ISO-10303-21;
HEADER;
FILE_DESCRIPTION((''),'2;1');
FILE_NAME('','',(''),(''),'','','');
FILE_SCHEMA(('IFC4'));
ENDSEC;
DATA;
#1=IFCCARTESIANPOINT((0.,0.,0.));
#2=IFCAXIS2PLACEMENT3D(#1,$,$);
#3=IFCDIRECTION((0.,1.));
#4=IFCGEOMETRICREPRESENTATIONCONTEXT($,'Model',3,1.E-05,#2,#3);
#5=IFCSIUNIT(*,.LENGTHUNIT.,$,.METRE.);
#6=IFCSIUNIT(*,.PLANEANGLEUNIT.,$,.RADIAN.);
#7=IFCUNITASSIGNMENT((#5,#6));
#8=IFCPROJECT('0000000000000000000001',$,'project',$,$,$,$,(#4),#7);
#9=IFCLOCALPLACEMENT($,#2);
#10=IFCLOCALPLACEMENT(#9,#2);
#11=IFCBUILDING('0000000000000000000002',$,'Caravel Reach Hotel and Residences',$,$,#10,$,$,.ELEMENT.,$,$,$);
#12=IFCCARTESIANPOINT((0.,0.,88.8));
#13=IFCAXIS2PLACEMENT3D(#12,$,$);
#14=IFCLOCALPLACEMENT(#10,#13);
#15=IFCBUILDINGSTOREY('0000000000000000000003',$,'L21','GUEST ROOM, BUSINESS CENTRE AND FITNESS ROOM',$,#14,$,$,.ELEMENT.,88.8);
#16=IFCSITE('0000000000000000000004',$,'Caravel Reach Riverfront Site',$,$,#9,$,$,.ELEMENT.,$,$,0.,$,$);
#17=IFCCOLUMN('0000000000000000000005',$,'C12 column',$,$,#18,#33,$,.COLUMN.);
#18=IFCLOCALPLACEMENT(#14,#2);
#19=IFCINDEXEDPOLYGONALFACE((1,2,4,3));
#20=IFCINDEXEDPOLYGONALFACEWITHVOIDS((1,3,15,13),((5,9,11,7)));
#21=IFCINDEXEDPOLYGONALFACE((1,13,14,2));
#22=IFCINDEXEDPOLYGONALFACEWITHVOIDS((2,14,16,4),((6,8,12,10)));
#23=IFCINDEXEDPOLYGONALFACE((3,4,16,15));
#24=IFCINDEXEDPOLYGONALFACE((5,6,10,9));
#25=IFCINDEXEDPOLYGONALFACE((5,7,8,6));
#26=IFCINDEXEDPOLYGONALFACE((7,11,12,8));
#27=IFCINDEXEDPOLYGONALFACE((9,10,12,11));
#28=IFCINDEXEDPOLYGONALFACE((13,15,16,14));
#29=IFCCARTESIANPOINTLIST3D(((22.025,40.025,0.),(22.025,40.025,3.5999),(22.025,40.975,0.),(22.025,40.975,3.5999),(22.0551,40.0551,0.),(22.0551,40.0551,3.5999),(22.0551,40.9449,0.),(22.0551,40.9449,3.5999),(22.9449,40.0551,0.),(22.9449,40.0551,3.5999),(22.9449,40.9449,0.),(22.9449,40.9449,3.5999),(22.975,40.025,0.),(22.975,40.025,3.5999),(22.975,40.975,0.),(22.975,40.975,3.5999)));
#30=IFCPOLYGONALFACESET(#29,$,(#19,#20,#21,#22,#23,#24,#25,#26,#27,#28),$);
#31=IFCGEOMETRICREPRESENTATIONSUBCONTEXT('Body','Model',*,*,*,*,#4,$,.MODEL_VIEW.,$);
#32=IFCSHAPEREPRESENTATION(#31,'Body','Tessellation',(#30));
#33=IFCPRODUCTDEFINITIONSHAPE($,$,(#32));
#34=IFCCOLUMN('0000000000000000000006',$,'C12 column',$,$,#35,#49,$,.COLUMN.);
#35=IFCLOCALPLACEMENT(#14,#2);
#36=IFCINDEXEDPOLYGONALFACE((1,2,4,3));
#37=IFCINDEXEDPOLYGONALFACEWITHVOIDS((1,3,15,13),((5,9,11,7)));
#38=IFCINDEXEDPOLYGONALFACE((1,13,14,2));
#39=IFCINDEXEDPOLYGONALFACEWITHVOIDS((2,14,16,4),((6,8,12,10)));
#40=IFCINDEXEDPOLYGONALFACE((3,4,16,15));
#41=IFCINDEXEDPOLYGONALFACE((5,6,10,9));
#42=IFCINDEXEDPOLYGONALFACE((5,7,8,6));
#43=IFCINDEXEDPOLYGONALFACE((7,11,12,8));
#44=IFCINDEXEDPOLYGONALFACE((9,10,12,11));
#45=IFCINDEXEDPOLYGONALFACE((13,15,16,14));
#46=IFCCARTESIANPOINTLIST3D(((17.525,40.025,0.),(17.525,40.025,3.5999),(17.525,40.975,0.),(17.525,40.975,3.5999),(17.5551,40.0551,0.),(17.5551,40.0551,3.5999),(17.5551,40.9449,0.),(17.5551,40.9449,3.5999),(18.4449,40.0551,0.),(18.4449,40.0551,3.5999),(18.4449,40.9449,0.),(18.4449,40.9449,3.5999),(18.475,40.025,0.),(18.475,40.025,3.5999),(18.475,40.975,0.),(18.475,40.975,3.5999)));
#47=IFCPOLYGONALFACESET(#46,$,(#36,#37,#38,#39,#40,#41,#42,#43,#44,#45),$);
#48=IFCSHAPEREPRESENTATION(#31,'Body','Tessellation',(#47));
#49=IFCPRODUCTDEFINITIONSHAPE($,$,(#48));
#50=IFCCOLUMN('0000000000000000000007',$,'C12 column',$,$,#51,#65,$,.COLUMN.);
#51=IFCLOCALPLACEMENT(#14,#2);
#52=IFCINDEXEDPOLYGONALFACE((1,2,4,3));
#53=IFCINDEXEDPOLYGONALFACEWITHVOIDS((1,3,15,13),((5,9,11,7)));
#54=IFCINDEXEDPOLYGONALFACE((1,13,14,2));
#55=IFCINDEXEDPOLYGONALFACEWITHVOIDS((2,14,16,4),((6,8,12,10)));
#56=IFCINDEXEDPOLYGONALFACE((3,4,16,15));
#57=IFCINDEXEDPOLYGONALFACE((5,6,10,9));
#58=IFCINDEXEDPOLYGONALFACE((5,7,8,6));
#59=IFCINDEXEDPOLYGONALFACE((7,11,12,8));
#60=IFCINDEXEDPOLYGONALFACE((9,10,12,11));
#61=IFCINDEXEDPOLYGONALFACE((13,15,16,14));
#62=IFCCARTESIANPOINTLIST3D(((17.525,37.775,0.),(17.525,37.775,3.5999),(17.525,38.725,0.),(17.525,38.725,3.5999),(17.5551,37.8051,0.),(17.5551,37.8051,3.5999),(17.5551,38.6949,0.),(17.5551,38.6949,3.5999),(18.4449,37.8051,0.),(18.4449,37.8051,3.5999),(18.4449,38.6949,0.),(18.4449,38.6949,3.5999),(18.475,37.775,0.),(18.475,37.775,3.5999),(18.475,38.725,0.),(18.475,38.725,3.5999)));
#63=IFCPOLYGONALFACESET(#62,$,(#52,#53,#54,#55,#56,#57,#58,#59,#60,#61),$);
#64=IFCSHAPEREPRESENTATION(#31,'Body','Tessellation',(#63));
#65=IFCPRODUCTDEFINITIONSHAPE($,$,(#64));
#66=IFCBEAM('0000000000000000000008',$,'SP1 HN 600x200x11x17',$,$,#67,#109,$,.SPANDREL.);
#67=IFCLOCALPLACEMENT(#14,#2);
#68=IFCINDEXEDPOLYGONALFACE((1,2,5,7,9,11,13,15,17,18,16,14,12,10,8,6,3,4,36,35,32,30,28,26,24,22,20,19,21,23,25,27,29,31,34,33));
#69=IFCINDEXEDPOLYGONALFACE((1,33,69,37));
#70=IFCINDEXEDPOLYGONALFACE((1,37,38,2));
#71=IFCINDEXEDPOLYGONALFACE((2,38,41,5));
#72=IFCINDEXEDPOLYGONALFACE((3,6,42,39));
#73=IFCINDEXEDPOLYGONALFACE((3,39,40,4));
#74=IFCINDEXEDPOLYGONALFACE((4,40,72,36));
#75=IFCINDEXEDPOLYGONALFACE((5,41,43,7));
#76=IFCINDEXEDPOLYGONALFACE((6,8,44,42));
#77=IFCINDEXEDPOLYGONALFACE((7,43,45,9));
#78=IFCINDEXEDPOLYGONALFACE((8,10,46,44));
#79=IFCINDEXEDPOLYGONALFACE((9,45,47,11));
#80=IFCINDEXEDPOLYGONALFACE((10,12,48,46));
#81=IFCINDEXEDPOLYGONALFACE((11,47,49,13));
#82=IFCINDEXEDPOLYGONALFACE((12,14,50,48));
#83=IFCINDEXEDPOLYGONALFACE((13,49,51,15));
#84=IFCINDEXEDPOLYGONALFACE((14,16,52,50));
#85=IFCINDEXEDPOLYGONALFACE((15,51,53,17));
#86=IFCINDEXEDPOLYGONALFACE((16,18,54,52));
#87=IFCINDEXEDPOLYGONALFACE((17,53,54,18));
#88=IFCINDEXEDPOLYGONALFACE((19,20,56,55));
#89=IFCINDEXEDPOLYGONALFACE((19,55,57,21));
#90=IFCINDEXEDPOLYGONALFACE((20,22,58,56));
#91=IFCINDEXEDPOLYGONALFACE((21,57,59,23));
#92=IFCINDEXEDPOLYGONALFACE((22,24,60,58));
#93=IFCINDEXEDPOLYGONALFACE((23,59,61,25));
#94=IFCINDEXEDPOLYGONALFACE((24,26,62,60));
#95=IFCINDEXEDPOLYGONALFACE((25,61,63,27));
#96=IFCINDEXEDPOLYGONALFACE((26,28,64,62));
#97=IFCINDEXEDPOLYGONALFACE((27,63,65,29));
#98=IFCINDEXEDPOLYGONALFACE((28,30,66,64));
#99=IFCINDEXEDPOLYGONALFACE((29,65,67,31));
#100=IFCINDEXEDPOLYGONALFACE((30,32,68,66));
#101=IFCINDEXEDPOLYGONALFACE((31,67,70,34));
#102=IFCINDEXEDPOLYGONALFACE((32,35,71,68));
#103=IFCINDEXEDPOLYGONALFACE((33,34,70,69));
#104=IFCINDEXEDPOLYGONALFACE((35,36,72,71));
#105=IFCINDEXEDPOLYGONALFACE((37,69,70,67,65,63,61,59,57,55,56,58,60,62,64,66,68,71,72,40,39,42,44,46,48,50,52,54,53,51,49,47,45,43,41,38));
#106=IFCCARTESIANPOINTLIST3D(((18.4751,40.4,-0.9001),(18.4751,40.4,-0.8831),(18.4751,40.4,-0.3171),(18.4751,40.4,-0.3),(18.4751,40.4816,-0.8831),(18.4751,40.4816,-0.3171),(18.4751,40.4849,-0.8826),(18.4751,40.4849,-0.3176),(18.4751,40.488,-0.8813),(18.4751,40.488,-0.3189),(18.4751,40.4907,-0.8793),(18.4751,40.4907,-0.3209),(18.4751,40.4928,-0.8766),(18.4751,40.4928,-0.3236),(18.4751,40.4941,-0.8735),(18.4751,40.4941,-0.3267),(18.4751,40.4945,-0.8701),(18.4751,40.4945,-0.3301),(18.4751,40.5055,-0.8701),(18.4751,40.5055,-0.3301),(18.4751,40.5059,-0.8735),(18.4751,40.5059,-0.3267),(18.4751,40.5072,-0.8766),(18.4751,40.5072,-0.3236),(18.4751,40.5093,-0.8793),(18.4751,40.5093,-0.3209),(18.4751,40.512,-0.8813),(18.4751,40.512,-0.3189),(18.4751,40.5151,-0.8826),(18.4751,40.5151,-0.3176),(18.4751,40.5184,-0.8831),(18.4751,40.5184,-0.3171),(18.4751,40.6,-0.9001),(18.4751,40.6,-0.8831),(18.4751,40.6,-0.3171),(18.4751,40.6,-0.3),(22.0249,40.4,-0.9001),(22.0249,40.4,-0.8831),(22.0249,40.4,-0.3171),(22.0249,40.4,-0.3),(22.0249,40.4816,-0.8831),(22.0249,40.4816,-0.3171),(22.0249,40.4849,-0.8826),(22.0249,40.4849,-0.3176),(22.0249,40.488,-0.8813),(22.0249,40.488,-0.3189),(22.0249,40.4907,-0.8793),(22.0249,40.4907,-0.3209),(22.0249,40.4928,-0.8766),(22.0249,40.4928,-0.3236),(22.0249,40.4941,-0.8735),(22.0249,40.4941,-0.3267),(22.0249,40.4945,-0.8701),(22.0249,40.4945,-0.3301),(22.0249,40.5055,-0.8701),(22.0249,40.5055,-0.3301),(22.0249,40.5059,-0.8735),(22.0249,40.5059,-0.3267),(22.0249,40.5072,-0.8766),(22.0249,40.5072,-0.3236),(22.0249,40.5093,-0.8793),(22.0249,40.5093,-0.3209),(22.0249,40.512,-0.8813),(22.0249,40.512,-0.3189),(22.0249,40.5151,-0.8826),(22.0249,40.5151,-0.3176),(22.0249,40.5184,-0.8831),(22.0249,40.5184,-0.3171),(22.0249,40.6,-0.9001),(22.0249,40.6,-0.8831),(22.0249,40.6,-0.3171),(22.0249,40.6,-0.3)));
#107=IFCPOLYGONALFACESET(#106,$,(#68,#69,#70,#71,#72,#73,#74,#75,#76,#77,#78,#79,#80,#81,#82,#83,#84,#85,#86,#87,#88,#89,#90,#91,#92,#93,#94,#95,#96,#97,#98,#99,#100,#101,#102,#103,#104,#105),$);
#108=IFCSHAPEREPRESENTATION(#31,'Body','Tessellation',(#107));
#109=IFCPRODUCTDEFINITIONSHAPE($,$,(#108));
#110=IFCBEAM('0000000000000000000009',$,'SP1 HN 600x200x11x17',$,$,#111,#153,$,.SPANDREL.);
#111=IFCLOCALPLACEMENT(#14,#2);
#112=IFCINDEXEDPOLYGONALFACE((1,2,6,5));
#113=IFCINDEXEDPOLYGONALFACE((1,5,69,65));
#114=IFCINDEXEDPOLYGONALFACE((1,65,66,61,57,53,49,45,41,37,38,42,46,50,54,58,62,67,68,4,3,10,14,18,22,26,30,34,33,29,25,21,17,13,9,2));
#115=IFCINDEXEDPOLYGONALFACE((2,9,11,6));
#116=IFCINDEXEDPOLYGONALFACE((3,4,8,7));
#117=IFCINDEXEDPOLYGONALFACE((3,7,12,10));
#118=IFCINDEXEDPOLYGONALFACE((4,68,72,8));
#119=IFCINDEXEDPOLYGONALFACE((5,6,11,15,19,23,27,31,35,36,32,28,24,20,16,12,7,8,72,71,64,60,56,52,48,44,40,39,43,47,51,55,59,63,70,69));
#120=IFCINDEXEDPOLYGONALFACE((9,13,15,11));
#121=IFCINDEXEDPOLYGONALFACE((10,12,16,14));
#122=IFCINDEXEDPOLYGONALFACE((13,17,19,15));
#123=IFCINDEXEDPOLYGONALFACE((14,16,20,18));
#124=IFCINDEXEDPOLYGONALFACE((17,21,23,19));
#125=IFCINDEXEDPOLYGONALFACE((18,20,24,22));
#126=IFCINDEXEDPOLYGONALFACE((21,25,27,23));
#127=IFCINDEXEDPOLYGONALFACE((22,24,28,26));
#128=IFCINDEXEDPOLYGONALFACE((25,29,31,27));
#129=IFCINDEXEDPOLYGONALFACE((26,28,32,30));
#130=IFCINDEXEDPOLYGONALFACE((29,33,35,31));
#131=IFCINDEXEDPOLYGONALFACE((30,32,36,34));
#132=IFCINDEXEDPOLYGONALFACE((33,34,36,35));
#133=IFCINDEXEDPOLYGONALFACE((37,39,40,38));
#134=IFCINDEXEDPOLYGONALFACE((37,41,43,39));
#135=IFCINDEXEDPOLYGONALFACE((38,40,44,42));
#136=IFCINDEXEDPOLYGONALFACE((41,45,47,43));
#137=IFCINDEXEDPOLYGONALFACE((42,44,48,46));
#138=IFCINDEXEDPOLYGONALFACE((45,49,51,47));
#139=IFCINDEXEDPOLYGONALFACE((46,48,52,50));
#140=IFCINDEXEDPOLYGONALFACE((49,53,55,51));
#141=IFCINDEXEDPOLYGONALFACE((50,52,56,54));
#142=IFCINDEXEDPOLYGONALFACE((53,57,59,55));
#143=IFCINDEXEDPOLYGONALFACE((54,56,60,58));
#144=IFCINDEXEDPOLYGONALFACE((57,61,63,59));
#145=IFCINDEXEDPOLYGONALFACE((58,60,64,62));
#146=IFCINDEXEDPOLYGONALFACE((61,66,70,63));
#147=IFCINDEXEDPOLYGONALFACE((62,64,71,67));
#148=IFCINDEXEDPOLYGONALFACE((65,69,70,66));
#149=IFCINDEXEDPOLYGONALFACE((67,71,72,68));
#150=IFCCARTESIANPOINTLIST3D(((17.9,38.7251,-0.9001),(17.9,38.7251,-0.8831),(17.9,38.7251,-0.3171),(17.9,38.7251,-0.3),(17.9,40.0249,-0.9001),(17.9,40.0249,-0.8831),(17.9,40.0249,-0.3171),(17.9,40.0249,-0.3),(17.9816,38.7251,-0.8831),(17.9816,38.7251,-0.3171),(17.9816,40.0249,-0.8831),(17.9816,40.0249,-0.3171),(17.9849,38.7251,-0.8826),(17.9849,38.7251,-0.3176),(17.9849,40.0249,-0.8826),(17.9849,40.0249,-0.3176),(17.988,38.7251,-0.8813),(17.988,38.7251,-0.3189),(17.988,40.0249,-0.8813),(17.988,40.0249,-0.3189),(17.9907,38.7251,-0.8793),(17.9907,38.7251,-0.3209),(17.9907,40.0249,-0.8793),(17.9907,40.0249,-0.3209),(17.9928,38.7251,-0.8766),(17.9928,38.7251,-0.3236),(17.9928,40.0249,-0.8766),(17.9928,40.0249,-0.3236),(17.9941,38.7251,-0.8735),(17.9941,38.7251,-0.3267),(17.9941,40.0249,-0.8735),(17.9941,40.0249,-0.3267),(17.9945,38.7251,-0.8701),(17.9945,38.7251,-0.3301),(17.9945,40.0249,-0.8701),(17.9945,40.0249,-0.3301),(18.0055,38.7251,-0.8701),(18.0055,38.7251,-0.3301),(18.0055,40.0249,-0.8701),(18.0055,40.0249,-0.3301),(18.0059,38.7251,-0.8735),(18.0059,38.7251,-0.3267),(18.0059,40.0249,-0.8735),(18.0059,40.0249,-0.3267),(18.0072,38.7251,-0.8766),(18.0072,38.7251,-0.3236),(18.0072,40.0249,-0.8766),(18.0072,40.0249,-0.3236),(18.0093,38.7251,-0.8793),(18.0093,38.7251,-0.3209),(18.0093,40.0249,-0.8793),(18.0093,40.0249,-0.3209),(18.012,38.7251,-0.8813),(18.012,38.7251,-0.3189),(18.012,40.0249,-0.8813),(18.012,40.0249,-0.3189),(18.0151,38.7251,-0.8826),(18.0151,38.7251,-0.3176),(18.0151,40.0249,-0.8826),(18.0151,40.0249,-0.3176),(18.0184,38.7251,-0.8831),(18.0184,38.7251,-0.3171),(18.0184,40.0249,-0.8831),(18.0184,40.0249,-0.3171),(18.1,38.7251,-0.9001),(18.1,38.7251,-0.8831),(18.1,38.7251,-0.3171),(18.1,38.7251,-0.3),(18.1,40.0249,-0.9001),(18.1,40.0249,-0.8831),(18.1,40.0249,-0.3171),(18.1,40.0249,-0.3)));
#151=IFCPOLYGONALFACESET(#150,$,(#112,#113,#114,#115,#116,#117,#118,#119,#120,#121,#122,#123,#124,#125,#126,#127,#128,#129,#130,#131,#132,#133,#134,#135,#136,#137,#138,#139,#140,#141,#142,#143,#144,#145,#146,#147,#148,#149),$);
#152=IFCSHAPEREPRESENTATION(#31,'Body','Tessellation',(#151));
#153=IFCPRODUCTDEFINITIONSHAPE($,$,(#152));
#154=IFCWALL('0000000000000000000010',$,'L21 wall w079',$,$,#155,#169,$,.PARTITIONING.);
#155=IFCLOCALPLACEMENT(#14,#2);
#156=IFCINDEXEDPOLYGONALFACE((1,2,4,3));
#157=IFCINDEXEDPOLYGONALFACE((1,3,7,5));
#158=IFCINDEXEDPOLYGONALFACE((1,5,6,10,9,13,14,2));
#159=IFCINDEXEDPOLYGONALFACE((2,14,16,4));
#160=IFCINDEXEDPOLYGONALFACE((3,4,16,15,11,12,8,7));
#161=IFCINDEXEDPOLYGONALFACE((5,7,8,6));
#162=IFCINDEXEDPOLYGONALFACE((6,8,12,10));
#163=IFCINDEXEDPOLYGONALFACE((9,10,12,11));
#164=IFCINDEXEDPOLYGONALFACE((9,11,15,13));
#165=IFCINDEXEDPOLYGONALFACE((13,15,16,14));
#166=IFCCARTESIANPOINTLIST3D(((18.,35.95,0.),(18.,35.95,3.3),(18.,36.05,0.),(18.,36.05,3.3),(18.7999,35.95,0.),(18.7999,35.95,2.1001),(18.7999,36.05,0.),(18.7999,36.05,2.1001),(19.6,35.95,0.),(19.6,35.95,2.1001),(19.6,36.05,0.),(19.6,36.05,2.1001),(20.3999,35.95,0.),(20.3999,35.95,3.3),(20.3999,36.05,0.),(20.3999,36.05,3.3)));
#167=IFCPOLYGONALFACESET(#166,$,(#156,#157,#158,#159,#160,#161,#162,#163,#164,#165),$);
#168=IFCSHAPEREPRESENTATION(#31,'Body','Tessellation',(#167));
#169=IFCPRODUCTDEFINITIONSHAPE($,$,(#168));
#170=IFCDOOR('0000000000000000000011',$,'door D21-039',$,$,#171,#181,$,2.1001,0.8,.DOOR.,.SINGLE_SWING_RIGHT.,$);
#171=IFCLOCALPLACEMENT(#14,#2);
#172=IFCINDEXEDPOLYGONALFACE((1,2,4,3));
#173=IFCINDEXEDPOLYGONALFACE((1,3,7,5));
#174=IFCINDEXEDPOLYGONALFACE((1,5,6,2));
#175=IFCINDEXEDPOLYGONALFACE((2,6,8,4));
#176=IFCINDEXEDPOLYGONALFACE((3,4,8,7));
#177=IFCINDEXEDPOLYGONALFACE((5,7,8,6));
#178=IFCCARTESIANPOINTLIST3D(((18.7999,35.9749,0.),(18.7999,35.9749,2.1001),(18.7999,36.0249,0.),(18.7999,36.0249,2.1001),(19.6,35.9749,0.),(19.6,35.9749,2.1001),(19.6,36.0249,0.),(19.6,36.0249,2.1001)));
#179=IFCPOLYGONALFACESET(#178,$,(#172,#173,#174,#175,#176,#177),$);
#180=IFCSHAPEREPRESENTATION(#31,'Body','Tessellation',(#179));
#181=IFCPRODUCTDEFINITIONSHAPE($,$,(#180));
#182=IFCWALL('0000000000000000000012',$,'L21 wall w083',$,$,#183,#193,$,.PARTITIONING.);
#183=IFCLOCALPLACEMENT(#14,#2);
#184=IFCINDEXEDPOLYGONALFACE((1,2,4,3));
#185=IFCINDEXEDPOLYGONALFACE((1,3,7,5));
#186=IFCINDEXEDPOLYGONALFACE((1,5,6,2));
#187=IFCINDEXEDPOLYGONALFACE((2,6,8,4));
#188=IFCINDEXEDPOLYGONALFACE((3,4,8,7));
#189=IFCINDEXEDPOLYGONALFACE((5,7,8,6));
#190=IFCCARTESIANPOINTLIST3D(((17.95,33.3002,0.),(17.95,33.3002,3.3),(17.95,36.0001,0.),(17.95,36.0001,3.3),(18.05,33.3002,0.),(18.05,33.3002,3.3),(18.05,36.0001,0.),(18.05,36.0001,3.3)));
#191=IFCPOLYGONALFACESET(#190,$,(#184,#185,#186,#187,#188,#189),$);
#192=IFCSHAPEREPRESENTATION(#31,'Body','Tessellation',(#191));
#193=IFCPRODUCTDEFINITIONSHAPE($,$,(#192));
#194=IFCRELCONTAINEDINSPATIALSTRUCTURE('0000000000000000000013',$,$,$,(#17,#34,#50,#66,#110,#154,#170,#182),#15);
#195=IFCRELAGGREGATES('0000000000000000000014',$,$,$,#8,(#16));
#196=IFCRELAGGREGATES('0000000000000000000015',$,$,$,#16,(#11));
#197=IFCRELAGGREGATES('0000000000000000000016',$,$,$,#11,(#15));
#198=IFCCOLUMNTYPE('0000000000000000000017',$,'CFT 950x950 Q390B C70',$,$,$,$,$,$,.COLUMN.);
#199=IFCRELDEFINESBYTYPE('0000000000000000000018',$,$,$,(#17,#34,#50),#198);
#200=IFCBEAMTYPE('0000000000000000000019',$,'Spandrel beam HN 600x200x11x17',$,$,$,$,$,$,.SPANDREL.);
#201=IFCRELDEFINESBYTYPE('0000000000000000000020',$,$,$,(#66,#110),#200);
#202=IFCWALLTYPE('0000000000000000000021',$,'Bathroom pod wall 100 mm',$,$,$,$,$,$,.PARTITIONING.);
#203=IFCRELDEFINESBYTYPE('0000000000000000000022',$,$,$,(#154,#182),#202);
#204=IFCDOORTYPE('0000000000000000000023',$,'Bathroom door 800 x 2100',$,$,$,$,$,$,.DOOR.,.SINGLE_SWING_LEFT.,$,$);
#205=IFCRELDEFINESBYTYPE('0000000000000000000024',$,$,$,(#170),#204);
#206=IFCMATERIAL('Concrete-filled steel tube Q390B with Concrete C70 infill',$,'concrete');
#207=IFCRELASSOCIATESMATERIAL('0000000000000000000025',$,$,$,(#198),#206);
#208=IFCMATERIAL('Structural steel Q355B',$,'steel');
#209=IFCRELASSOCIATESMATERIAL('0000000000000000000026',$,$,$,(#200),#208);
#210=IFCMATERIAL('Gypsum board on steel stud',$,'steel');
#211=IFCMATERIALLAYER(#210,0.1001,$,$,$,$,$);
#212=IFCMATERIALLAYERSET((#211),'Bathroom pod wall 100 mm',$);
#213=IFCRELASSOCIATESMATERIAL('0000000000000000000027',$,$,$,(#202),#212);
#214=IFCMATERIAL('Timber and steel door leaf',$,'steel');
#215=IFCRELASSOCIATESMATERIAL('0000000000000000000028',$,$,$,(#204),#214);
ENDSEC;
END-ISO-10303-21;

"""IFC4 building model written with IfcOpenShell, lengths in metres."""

from ifc_helpers import new_model, si_unit, direction, frame, frame_2d, origin, origin_2d, place, context, subcontext, project, spatial, rectangle, hollow_rectangle, i_section, extrude, material, layer, layer_set, material_profile, profile_set, type_object, element, fill, save


model = new_model("IFC4")

# Units and contexts
model_context = context("Model", 3, precision=1e-05, world=origin(), true_north=direction((0.0, 1.0)))
body_context = subcontext(model_context, "Body", "Model", "MODEL_VIEW")
ifc_project = project(units=[si_unit("LENGTHUNIT", "METRE"), si_unit("PLANEANGLEUNIT", "RADIAN")], contexts=[model_context])

# Site, building, storey
site_placement = place(None, origin())
site = spatial("IfcSite", under=ifc_project, at=site_placement, Name="Caravel Reach Riverfront Site", CompositionType="ELEMENT", RefElevation=0.0)
building_placement = place(site_placement, origin())
building = spatial("IfcBuilding", under=site, at=building_placement, Name="Caravel Reach Hotel and Residences", CompositionType="ELEMENT")
storey_placement = place(building_placement, frame((0.0, 0.0, 88.8)))
storey = spatial("IfcBuildingStorey", under=building, at=storey_placement, Name="L21", Description="GUEST ROOM, BUSINESS CENTRE AND FITNESS ROOM", CompositionType="ELEMENT", Elevation=88.8)

# Columns
ifc_material_1 = material(Name="Concrete-filled steel tube Q390B with Concrete C70 infill", Category="concrete")
ifc_material_profile_1 = material_profile(ifc_material_1, hollow_rectangle(XDim=0.95, YDim=0.95, WallThickness=0.03, at=origin_2d()), Name="RHS 950x950x30")
ifc_profile_set_1 = profile_set([ifc_material_profile_1], Name="Concrete-filled steel tube Q390B with Concrete C70 infill")
column_type = type_object("IfcColumnType", Name="CFT 950x950 Q390B C70", PredefinedType="COLUMN", material=ifc_profile_set_1)
for number, where, z_axis, x_axis, name in (
    (1, (22.5, 40.5, 0.0), (0.0, 0.0, 1.0), (1.0, 0.0, 0.0), "C12 column"),
    (2, (18.0, 40.5, 0.0), (0.0, 0.0, 1.0), (1.0, 0.0, 0.0), "C12 column"),
    (3, (18.0, 38.25, 0.0), (0.0, 0.0, 1.0), (1.0, 0.0, 0.0), "C12 column"),
):
    element("IfcColumn", number, at=place(storey_placement, frame(where, z_axis=z_axis, x_axis=x_axis)), inside=storey, type_object=column_type, Name=name, PredefinedType="COLUMN", context=body_context, shape_type="SweptSolid", body=[
        extrude(hollow_rectangle(XDim=0.95, YDim=0.95, WallThickness=0.03, at=origin_2d()), origin(), (0.0, 0.0, 1.0), 3.5999),
    ])

# Beams
ifc_material_2 = material(Name="Structural steel Q355B", Category="steel")
ifc_material_profile_2 = material_profile(ifc_material_2, i_section(OverallWidth=0.2, OverallDepth=0.6001, WebThickness=0.011, FlangeThickness=0.0171, FilletRadius=0.0129, at=origin_2d()), Name="HN 600x200x11x17")
ifc_profile_set_2 = profile_set([ifc_material_profile_2], Name="Structural steel Q355B")
beam_type = type_object("IfcBeamType", Name="Spandrel beam HN 600x200x11x17", PredefinedType="SPANDREL", material=ifc_profile_set_2)
beam_1_placement = place(storey_placement, frame((22.0249, 40.5, -0.6001), z_axis=(-1.0, 0.0, 0.0), x_axis=(0.0, -1.0, 0.0)))
element("IfcBeam", 4, at=beam_1_placement, inside=storey, type_object=beam_type, Name="SP1 HN 600x200x11x17", PredefinedType="SPANDREL", context=body_context, shape_type="SweptSolid", body=[
    extrude(i_section(OverallWidth=0.2, OverallDepth=0.6001, WebThickness=0.011, FlangeThickness=0.0171, FilletRadius=0.0129, at=origin_2d()), origin(), (0.0, 0.0, 1.0), 3.5498),
])
beam_2_placement = place(storey_placement, frame((18.0, 40.0249, -0.6001), z_axis=(0.0, -1.0, 0.0), x_axis=(1.0, 0.0, 0.0)))
element("IfcBeam", 5, at=beam_2_placement, inside=storey, type_object=beam_type, Name="SP1 HN 600x200x11x17", PredefinedType="SPANDREL", context=body_context, shape_type="SweptSolid", body=[
    extrude(i_section(OverallWidth=0.2, OverallDepth=0.6001, WebThickness=0.011, FlangeThickness=0.0171, FilletRadius=0.0129, at=origin_2d()), origin(), (0.0, 0.0, 1.0), 1.2998),
])

# Wall, opening, door
ifc_material_3 = material(Name="Gypsum board on steel stud", Category="steel")
ifc_layer_1 = layer(ifc_material_3, 0.1001)
ifc_layer_set_1 = layer_set([ifc_layer_1], Name="Bathroom pod wall 100 mm")
wall_type_1 = type_object("IfcWallType", Name="Bathroom pod wall 100 mm", PredefinedType="PARTITIONING", material=ifc_layer_set_1)
wall_1_placement = place(storey_placement, frame((18.0, 36.0, 0.0), z_axis=(0.0, 0.0, 1.0), x_axis=(1.0, 0.0, 0.0)))
wall_1 = element("IfcWall", 6, at=wall_1_placement, inside=storey, type_object=wall_type_1, Name="L21 wall w079", PredefinedType="PARTITIONING", context=body_context, shape_type="SweptSolid", body=[
    extrude(rectangle(XDim=2.3999, YDim=0.1001, at=frame_2d((1.2, 0.0))), origin(), (0.0, 0.0, 1.0), 3.3),
])
opening_1_placement = place(wall_1_placement, frame((0.8, 0.0, 0.0)))
opening_1 = element("IfcOpeningElement", 7, at=opening_1_placement, cuts=wall_1, PredefinedType="OPENING", context=body_context, shape_type="SweptSolid", body=[
    extrude(rectangle(XDim=0.8, YDim=2.1001, at=frame_2d((0.3999, 1.05))), frame((0.0, 0.0601, 0.0), z_axis=(0.0, -1.0, 0.0), x_axis=(1.0, 0.0, 0.0)), (0.0, 0.0, 1.0), 0.1201),
])
ifc_material_4 = material(Name="Timber and steel door leaf", Category="steel")
door_type_1 = type_object("IfcDoorType", Name="Bathroom door 800 x 2100", OperationType="SINGLE_SWING_LEFT", PredefinedType="DOOR", material=ifc_material_4)
door_1_placement = place(opening_1_placement, origin())
door_1 = element("IfcDoor", 8, at=door_1_placement, inside=storey, type_object=door_type_1, Name="door D21-039", OperationType="SINGLE_SWING_RIGHT", OverallHeight=2.1001, OverallWidth=0.8, PredefinedType="DOOR", context=body_context, shape_type="SweptSolid", body=[
    extrude(rectangle(XDim=0.8, YDim=2.1001, at=frame_2d((0.3999, 1.05))), frame((0.0, 0.0249, 0.0), z_axis=(0.0, -1.0, 0.0), x_axis=(1.0, 0.0, 0.0)), (0.0, 0.0, 1.0), 0.05),
])
fill(opening_1, door_1)

# Wall
for number, where, z_axis, x_axis, name in (
    (9, (18.0, 33.3, 0.0), (0.0, 0.0, 1.0), (0.0, 1.0, 0.0), "L21 wall w083"),
):
    element("IfcWall", number, at=place(storey_placement, frame(where, z_axis=z_axis, x_axis=x_axis)), inside=storey, type_object=wall_type_1, Name=name, PredefinedType="PARTITIONING", context=body_context, shape_type="SweptSolid", body=[
        extrude(rectangle(XDim=2.7, YDim=0.1001, at=frame_2d((1.3501, 0.0))), origin(), (0.0, 0.0, 1.0), 3.3),
    ])

save(model, "model.ifc")
